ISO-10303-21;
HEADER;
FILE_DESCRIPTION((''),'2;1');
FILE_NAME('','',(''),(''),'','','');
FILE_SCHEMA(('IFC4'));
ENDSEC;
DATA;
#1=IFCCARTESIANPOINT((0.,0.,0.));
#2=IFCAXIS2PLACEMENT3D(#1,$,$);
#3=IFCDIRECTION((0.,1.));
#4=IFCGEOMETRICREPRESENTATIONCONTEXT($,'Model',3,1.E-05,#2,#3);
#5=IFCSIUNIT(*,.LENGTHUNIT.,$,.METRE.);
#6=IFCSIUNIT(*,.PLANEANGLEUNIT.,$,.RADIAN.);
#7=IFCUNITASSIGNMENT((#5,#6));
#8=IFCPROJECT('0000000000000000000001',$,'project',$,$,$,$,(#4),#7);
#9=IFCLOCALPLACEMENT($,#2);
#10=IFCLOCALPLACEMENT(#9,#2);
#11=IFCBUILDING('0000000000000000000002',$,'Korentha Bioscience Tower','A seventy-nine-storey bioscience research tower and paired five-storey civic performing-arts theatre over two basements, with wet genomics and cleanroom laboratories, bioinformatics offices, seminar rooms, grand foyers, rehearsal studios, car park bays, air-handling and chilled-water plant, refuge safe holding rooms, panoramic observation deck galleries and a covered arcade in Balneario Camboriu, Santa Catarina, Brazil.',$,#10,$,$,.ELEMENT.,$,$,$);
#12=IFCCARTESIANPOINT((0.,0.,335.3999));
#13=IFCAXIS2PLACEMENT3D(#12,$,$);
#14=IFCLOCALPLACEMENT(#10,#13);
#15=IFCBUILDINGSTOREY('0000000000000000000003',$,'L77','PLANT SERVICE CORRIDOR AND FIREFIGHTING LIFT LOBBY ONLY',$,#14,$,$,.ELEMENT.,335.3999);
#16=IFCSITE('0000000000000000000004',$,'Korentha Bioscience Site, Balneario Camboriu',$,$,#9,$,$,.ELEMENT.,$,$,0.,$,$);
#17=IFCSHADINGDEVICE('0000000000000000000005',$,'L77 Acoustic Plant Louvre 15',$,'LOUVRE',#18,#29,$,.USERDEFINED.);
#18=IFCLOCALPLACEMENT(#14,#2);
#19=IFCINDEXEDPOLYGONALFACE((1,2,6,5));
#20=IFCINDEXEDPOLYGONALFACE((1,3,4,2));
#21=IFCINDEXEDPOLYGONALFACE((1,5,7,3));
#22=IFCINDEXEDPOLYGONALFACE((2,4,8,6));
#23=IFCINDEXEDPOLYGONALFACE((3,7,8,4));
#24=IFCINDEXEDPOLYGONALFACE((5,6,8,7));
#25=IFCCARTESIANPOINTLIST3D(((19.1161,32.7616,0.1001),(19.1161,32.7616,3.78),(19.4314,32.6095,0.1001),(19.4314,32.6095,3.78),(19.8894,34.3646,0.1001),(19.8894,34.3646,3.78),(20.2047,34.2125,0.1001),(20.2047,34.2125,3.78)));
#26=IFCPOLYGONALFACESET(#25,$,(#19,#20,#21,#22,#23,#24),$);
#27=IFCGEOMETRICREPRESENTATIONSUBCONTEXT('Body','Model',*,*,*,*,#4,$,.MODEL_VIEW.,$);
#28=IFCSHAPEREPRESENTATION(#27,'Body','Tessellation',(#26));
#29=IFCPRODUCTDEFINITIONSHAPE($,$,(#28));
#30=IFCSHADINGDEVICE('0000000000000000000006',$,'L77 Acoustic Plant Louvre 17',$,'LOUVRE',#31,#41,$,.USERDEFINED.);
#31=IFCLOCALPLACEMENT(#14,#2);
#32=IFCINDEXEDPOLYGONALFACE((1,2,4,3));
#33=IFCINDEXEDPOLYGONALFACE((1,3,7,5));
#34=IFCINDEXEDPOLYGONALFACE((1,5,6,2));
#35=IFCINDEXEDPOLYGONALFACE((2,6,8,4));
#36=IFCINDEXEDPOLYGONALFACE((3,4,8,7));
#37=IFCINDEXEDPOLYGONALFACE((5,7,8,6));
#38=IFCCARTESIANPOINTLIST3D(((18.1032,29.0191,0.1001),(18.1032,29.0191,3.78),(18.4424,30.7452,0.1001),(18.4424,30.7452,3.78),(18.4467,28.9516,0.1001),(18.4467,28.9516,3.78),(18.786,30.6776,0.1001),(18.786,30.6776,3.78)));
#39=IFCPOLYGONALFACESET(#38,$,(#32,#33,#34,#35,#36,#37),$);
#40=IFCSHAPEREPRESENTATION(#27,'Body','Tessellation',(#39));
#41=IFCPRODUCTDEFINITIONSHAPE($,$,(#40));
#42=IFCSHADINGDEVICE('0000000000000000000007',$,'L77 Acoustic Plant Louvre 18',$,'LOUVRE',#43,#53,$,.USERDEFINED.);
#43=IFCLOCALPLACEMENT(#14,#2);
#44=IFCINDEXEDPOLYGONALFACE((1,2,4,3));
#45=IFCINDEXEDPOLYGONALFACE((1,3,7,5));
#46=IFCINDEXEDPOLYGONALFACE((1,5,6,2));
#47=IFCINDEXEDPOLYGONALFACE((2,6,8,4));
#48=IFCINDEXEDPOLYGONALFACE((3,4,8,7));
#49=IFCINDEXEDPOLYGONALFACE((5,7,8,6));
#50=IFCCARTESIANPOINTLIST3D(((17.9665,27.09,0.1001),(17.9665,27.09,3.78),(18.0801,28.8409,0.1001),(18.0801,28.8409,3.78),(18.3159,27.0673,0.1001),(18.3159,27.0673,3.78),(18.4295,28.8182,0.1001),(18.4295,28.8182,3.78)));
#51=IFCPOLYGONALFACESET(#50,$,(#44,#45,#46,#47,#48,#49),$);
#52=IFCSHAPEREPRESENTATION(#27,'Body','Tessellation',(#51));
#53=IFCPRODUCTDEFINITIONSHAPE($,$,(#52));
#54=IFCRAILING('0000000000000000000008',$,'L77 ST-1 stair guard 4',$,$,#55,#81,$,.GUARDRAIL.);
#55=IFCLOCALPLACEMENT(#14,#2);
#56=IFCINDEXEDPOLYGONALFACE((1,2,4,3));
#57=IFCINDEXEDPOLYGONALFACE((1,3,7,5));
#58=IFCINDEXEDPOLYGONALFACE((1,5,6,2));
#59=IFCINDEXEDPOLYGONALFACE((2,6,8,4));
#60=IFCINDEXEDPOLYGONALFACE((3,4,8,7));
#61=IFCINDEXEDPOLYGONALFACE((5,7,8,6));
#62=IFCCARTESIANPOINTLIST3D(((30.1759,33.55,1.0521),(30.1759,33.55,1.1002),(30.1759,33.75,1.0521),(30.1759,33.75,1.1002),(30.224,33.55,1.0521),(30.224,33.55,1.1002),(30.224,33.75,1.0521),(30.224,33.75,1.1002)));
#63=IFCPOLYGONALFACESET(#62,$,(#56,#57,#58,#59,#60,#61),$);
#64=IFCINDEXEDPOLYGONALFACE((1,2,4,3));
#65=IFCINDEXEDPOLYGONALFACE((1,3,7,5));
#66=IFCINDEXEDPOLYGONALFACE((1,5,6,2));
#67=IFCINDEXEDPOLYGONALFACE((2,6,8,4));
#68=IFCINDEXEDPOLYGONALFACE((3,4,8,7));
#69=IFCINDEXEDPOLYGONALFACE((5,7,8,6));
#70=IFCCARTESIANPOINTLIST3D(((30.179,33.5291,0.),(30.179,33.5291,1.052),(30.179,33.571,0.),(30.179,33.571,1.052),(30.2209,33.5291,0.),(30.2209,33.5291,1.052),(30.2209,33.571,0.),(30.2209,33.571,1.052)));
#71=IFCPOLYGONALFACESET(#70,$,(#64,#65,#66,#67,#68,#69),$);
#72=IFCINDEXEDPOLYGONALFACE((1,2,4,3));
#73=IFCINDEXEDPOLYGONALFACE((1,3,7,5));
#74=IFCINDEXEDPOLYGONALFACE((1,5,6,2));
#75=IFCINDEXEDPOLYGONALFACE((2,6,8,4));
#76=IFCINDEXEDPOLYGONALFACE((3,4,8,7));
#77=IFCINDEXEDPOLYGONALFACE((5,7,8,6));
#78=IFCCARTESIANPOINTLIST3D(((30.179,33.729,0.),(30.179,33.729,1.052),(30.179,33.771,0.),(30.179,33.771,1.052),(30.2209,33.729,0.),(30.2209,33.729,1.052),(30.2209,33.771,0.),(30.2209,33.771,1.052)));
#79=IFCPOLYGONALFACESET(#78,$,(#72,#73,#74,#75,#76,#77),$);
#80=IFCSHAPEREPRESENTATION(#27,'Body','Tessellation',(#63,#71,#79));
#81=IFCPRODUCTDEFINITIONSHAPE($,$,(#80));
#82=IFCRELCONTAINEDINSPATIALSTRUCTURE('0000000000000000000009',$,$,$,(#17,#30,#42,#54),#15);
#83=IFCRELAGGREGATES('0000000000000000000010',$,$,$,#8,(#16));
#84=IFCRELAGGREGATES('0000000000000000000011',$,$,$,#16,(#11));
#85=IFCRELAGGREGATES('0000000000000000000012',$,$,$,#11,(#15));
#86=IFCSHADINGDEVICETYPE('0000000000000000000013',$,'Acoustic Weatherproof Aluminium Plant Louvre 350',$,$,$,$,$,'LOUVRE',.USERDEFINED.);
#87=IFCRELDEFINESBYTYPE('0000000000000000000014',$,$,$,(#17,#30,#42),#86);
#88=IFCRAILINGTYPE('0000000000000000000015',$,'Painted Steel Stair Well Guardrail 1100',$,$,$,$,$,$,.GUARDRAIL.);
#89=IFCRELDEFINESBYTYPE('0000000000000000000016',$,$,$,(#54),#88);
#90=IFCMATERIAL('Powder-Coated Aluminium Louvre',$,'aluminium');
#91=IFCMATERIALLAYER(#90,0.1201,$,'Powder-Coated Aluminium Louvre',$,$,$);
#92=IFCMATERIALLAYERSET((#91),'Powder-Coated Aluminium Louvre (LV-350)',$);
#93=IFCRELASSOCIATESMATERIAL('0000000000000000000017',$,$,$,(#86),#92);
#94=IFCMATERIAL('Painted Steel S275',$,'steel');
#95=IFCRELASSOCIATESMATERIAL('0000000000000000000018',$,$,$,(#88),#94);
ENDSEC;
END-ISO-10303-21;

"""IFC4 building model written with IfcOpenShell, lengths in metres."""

from ifc_helpers import new_model, si_unit, direction, frame, origin, origin_2d, place, context, subcontext, project, spatial, rectangle, extrude, material, layer, layer_set, type_object, element, save


model = new_model("IFC4")

# Units and contexts
model_context = context("Model", 3, precision=1e-05, world=origin(), true_north=direction((0.0, 1.0)))
body_context = subcontext(model_context, "Body", "Model", "MODEL_VIEW")
ifc_project = project(units=[si_unit("LENGTHUNIT", "METRE"), si_unit("PLANEANGLEUNIT", "RADIAN")], contexts=[model_context])

# Site, building, storey
site_placement = place(None, origin())
site = spatial("IfcSite", under=ifc_project, at=site_placement, Name="Korentha Bioscience Site, Balneario Camboriu", CompositionType="ELEMENT", RefElevation=0.0)
building_placement = place(site_placement, origin())
building = spatial("IfcBuilding", under=site, at=building_placement, Name="Korentha Bioscience Tower", Description="A seventy-nine-storey bioscience research tower and paired five-storey civic performing-arts theatre over two basements, with wet genomics and cleanroom laboratories, bioinformatics offices, seminar rooms, grand foyers, rehearsal studios, car park bays, air-handling and chilled-water plant, refuge safe holding rooms, panoramic observation deck galleries and a covered arcade in Balneario Camboriu, Santa Catarina, Brazil.", CompositionType="ELEMENT")
storey_placement = place(building_placement, frame((0.0, 0.0, 335.3999)))
storey = spatial("IfcBuildingStorey", under=building, at=storey_placement, Name="L77", Description="PLANT SERVICE CORRIDOR AND FIREFIGHTING LIFT LOBBY ONLY", CompositionType="ELEMENT", Elevation=335.3999)

# Shading devices
ifc_material_1 = material(Name="Powder-Coated Aluminium Louvre", Category="aluminium")
ifc_layer_1 = layer(ifc_material_1, 0.1201, Name="Powder-Coated Aluminium Louvre")
ifc_layer_set_1 = layer_set([ifc_layer_1], Name="Powder-Coated Aluminium Louvre (LV-350)")
shading_device_type = type_object("IfcShadingDeviceType", Name="Acoustic Weatherproof Aluminium Plant Louvre 350", ElementType="LOUVRE", PredefinedType="USERDEFINED", material=ifc_layer_set_1)
shading_device_1_placement = place(storey_placement, frame((19.6604, 33.4871, 0.1001), z_axis=(0.0, 0.0, 1.0), x_axis=(-0.434508, -0.900668, 0.0)))
element("IfcShadingDevice", 1, at=shading_device_1_placement, inside=storey, type_object=shading_device_type, Name="L77 Acoustic Plant Louvre 15", ObjectType="LOUVRE", PredefinedType="USERDEFINED", context=body_context, shape_type="SweptSolid", body=[
    extrude(rectangle(XDim=1.7798, YDim=0.3501, at=origin_2d()), origin(), (0.0, 0.0, 1.0), 3.6799),
])
shading_device_2_placement = place(storey_placement, frame((18.4446, 29.8484, 0.1001), z_axis=(0.0, 0.0, 1.0), x_axis=(-0.192848, -0.981229, 0.0)))
element("IfcShadingDevice", 2, at=shading_device_2_placement, inside=storey, type_object=shading_device_type, Name="L77 Acoustic Plant Louvre 17", ObjectType="LOUVRE", PredefinedType="USERDEFINED", context=body_context, shape_type="SweptSolid", body=[
    extrude(rectangle(XDim=1.759, YDim=0.3501, at=origin_2d()), origin(), (0.0, 0.0, 1.0), 3.6799),
])
shading_device_3_placement = place(storey_placement, frame((18.198, 27.9541, 0.1001), z_axis=(0.0, 0.0, 1.0), x_axis=(-0.064761, -0.997901, 0.0)))
element("IfcShadingDevice", 3, at=shading_device_3_placement, inside=storey, type_object=shading_device_type, Name="L77 Acoustic Plant Louvre 18", ObjectType="LOUVRE", PredefinedType="USERDEFINED", context=body_context, shape_type="SweptSolid", body=[
    extrude(rectangle(XDim=1.7546, YDim=0.3501, at=origin_2d()), origin(), (0.0, 0.0, 1.0), 3.6799),
])

# Railing
ifc_material_2 = material(Name="Painted Steel S275", Category="steel")
railing_type = type_object("IfcRailingType", Name="Painted Steel Stair Well Guardrail 1100", PredefinedType="GUARDRAIL", material=ifc_material_2)
railing_placement = place(storey_placement, frame((30.2, 33.55, 0.0)))
element("IfcRailing", 4, at=railing_placement, inside=storey, type_object=railing_type, Name="L77 ST-1 stair guard 4", PredefinedType="GUARDRAIL", context=body_context, shape_type="SweptSolid", body=[
    extrude(rectangle(XDim=0.0481, YDim=0.0481, at=origin_2d()), frame((0.0, 0.0, 1.0762), z_axis=(0.0, 1.0, 0.0), x_axis=(-1.0, 0.0, 0.0)), (0.0, 0.0, 1.0), 0.2),
    extrude(rectangle(XDim=0.042, YDim=0.042, at=origin_2d()), origin(), (0.0, 0.0, 1.0), 1.052),
    extrude(rectangle(XDim=0.042, YDim=0.042, at=origin_2d()), frame((0.0, 0.2, 0.0)), (0.0, 0.0, 1.0), 1.052),
])

save(model, "model.ifc")
